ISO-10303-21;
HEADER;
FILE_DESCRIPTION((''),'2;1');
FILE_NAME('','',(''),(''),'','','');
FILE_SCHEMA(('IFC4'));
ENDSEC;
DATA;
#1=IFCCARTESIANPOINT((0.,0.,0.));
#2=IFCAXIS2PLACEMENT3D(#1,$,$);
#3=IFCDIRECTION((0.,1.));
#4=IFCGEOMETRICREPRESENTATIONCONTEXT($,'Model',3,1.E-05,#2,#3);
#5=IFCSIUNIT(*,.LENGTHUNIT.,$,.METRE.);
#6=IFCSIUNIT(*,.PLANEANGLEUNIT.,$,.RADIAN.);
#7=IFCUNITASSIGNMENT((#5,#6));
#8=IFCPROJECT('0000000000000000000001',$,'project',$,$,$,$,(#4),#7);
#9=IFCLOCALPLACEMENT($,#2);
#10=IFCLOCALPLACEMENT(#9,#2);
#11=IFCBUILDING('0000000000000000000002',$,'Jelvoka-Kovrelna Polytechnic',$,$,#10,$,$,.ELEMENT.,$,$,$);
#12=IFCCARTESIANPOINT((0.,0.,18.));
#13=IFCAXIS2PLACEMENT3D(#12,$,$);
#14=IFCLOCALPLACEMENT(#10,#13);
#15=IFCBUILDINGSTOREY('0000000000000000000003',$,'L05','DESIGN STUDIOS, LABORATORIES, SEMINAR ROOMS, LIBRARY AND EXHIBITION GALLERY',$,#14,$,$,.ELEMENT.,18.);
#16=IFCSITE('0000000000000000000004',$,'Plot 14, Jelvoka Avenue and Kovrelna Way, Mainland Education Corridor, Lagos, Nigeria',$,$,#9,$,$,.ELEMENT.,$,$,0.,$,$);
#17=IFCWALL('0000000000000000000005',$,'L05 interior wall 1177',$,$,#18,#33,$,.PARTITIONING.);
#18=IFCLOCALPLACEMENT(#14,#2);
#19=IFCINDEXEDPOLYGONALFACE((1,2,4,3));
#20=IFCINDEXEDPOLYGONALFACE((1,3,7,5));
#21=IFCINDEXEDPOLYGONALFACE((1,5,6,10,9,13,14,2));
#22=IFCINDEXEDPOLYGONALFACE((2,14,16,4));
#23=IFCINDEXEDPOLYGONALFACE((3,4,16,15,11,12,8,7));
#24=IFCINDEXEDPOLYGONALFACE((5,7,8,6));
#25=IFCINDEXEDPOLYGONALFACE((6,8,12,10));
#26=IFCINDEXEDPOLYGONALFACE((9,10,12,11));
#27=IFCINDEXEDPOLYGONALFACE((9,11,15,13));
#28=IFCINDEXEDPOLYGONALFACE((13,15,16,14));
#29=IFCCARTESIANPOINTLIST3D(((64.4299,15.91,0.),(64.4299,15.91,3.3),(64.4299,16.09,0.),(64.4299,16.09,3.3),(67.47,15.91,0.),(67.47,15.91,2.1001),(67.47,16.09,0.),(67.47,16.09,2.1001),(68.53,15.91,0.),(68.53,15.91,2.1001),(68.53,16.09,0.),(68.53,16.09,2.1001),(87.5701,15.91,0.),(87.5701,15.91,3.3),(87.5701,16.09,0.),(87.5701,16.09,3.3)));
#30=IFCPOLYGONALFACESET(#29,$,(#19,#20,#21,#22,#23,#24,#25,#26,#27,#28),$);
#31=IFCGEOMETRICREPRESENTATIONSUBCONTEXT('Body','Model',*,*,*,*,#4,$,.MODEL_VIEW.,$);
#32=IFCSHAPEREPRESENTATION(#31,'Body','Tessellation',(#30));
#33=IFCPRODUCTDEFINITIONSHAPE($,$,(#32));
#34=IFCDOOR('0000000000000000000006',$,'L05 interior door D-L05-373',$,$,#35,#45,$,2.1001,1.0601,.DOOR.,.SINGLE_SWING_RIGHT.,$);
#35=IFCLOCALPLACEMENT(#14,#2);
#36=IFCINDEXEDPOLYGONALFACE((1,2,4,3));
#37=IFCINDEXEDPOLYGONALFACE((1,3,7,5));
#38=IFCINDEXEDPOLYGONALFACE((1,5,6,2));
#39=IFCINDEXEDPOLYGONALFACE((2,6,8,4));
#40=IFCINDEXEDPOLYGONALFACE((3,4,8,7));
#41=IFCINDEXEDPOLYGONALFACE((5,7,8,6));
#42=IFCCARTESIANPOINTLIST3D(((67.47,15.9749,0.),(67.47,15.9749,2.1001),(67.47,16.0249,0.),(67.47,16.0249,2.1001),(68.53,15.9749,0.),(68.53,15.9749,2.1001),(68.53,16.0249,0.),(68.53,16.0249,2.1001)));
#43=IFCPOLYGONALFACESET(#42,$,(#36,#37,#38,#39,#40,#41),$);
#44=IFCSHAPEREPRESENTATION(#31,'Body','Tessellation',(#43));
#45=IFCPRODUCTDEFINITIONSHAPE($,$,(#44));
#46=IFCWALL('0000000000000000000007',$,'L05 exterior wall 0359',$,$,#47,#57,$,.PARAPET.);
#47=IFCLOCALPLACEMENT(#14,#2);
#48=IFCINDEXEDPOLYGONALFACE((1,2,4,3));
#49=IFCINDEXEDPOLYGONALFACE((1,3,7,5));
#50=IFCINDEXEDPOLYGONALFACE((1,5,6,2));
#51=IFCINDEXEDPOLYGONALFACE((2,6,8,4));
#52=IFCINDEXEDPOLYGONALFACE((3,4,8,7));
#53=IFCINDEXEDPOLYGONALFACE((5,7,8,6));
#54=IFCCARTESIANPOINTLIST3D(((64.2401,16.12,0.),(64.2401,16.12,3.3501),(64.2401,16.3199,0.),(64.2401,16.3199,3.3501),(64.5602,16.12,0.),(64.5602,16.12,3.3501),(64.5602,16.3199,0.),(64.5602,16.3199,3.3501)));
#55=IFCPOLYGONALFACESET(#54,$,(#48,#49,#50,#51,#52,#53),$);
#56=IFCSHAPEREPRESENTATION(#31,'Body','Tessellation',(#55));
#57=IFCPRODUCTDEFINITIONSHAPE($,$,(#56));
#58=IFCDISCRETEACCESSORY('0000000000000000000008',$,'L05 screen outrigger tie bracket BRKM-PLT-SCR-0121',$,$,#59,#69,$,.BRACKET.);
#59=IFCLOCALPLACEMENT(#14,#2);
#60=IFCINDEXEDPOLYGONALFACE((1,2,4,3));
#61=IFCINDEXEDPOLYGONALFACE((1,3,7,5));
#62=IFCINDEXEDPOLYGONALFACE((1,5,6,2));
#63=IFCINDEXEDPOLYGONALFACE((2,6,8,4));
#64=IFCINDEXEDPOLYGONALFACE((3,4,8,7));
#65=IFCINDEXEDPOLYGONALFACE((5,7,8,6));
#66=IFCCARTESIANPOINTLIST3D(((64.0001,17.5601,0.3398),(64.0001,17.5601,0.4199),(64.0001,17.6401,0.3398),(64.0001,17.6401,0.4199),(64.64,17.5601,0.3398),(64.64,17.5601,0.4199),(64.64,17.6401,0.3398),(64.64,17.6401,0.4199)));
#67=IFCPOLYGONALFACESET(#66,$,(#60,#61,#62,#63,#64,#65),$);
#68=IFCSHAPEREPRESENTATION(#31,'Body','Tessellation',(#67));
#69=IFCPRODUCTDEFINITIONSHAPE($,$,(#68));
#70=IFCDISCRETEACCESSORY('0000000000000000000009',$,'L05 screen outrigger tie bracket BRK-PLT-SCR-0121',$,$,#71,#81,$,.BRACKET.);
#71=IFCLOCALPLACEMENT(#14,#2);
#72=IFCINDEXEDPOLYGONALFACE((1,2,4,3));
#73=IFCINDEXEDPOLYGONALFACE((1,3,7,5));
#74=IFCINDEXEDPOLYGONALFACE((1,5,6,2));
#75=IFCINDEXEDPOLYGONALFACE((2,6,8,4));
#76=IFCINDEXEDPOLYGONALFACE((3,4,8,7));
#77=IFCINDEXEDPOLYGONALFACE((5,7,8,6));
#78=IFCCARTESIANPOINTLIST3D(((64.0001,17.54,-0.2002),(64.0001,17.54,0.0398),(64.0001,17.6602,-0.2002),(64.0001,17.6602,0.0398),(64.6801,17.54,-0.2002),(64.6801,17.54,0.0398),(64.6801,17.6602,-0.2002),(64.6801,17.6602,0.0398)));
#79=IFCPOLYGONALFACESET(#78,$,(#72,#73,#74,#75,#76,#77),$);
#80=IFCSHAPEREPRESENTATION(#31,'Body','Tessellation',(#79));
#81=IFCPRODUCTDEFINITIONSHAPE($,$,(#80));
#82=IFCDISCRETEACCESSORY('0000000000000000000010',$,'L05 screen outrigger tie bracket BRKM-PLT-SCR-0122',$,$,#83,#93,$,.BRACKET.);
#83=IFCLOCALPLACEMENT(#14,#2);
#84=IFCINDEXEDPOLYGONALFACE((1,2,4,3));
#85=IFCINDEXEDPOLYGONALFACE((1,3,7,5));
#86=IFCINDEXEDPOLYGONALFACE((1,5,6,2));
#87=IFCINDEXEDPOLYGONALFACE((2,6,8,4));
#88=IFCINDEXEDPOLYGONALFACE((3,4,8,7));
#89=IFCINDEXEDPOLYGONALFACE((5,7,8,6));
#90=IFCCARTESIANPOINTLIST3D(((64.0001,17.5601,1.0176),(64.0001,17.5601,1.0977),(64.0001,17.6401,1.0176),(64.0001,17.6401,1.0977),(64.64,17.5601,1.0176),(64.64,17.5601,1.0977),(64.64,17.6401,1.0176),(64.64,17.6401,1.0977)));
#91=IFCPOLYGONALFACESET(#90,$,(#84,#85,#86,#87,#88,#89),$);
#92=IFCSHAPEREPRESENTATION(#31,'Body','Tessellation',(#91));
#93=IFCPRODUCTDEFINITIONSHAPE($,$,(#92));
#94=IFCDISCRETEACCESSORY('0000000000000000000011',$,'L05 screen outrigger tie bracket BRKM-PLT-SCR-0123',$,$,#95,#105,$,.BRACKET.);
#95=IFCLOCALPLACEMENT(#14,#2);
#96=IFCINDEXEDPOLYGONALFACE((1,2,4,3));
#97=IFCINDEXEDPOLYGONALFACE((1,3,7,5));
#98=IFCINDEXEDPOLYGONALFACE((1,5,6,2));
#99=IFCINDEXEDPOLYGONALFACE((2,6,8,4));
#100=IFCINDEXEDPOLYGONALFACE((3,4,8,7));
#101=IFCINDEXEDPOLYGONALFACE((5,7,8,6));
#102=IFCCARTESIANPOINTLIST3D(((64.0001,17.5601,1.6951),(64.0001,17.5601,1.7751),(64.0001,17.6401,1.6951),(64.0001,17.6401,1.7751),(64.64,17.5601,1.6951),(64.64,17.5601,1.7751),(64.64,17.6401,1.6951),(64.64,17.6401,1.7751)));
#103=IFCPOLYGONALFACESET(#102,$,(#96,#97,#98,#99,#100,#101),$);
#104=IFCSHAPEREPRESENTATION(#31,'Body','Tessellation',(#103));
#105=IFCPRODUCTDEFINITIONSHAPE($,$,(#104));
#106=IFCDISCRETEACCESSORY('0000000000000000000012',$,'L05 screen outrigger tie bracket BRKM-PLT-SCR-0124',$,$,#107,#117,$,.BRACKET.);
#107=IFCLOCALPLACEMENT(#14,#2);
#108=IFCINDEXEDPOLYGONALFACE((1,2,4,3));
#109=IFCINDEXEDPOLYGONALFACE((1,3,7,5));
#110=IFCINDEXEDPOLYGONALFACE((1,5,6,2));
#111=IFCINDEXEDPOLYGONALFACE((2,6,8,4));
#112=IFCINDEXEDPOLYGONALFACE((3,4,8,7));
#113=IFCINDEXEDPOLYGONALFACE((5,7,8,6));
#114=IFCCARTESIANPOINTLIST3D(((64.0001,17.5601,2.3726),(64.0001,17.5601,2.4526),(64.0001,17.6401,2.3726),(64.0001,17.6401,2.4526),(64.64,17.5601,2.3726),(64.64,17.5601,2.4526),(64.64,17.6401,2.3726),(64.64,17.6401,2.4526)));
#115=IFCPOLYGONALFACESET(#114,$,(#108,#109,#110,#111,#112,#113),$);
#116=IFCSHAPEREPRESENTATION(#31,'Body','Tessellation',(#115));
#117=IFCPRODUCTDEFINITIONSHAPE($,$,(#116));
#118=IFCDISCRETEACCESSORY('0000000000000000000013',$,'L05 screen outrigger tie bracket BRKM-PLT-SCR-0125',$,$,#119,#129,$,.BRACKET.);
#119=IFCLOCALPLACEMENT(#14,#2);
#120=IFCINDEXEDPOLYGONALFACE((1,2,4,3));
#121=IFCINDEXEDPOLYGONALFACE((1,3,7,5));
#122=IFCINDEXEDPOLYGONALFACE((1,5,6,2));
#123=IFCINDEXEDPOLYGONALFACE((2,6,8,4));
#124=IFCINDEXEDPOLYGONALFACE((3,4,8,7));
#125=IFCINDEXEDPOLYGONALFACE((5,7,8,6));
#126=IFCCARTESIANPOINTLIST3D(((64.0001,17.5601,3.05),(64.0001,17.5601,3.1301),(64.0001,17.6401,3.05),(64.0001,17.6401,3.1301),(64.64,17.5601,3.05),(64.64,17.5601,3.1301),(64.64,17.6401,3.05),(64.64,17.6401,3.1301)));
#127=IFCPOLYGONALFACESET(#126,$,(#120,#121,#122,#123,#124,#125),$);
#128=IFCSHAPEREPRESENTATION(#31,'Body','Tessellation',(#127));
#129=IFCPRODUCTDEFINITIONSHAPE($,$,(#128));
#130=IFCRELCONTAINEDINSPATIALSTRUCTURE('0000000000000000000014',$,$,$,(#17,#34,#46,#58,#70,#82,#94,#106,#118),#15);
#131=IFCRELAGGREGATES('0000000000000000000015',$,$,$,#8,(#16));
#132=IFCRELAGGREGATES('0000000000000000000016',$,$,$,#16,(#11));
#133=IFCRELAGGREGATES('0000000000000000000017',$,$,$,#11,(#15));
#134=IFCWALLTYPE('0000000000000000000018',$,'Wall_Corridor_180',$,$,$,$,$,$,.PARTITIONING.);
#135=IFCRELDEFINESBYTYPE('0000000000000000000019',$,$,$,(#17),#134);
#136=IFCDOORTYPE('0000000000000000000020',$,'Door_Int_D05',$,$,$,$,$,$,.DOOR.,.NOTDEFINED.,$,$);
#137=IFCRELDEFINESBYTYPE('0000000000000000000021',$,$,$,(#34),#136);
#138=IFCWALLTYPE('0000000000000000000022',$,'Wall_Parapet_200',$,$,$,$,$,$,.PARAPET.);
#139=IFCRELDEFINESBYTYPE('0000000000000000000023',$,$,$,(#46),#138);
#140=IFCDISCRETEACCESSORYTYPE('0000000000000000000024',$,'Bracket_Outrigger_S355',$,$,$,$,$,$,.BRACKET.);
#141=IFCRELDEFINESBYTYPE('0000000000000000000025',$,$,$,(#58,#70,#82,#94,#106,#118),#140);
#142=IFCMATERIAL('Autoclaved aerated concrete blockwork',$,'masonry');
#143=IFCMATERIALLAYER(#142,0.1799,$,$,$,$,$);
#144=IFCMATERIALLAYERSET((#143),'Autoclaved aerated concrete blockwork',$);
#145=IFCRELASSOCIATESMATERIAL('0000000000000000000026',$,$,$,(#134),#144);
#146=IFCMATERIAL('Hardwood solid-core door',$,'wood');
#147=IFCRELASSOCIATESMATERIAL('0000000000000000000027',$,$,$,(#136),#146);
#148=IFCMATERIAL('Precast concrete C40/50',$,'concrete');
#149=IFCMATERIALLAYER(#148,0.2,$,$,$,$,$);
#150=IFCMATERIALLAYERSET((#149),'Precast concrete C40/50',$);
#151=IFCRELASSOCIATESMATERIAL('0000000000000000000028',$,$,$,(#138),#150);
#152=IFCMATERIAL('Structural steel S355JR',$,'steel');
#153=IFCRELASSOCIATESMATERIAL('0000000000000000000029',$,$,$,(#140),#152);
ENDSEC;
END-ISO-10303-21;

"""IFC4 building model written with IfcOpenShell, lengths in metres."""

from ifc_helpers import new_model, si_unit, direction, frame, frame_2d, origin, origin_2d, place, context, subcontext, project, spatial, rectangle, extrude, material, layer, layer_set, type_object, element, fill, save


model = new_model("IFC4")

# Units and contexts
model_context = context("Model", 3, precision=1e-05, world=origin(), true_north=direction((0.0, 1.0)))
body_context = subcontext(model_context, "Body", "Model", "MODEL_VIEW")
ifc_project = project(units=[si_unit("LENGTHUNIT", "METRE"), si_unit("PLANEANGLEUNIT", "RADIAN")], contexts=[model_context])

# Site, building, storey
site_placement = place(None, origin())
site = spatial("IfcSite", under=ifc_project, at=site_placement, Name="Plot 14, Jelvoka Avenue and Kovrelna Way, Mainland Education Corridor, Lagos, Nigeria", CompositionType="ELEMENT", RefElevation=0.0)
building_placement = place(site_placement, origin())
building = spatial("IfcBuilding", under=site, at=building_placement, Name="Jelvoka-Kovrelna Polytechnic", CompositionType="ELEMENT")
storey_placement = place(building_placement, frame((0.0, 0.0, 18.0)))
storey = spatial("IfcBuildingStorey", under=building, at=storey_placement, Name="L05", Description="DESIGN STUDIOS, LABORATORIES, SEMINAR ROOMS, LIBRARY AND EXHIBITION GALLERY", CompositionType="ELEMENT", Elevation=18.0)

# Wall, opening, door
ifc_material_1 = material(Name="Autoclaved aerated concrete blockwork", Category="masonry")
ifc_layer_1 = layer(ifc_material_1, 0.1799)
ifc_layer_set_1 = layer_set([ifc_layer_1], Name="Autoclaved aerated concrete blockwork")
wall_type_1 = type_object("IfcWallType", Name="Wall_Corridor_180", PredefinedType="PARTITIONING", material=ifc_layer_set_1)
wall_1_placement = place(storey_placement, frame((64.4299, 16.0, 0.0), z_axis=(0.0, 0.0, 1.0), x_axis=(1.0, 0.0, 0.0)))
wall_1 = element("IfcWall", 1, at=wall_1_placement, inside=storey, type_object=wall_type_1, Name="L05 interior wall 1177", PredefinedType="PARTITIONING", context=body_context, shape_type="SweptSolid", body=[
    extrude(rectangle(XDim=23.1401, YDim=0.1799, at=frame_2d((11.5701, 0.0))), origin(), (0.0, 0.0, 1.0), 3.3),
])
opening_placement = place(wall_1_placement, frame((3.04, 0.0, 0.0)))
opening = element("IfcOpeningElement", 2, at=opening_placement, cuts=wall_1, PredefinedType="OPENING", context=body_context, shape_type="SweptSolid", body=[
    extrude(rectangle(XDim=1.0601, YDim=2.1001, at=frame_2d((0.53, 1.05))), frame((0.0, 0.0999, 0.0), z_axis=(0.0, -1.0, 0.0), x_axis=(1.0, 0.0, 0.0)), (0.0, 0.0, 1.0), 0.2),
])
ifc_material_2 = material(Name="Hardwood solid-core door", Category="wood")
door_type = type_object("IfcDoorType", Name="Door_Int_D05", OperationType="NOTDEFINED", PredefinedType="DOOR", material=ifc_material_2)
door_placement = place(opening_placement, origin())
door = element("IfcDoor", 3, at=door_placement, inside=storey, type_object=door_type, Name="L05 interior door D-L05-373", OperationType="SINGLE_SWING_RIGHT", OverallHeight=2.1001, OverallWidth=1.0601, PredefinedType="DOOR", context=body_context, shape_type="SweptSolid", body=[
    extrude(rectangle(XDim=1.0601, YDim=2.1001, at=frame_2d((0.53, 1.05))), frame((0.0, 0.0249, 0.0), z_axis=(0.0, -1.0, 0.0), x_axis=(1.0, 0.0, 0.0)), (0.0, 0.0, 1.0), 0.05),
])
fill(opening, door)

# Wall
ifc_material_3 = material(Name="Precast concrete C40/50", Category="concrete")
ifc_layer_2 = layer(ifc_material_3, 0.2)
ifc_layer_set_2 = layer_set([ifc_layer_2], Name="Precast concrete C40/50")
wall_type_2 = type_object("IfcWallType", Name="Wall_Parapet_200", PredefinedType="PARAPET", material=ifc_layer_set_2)
wall_2_placement = place(storey_placement, frame((64.24, 16.22, 0.0), z_axis=(0.0, 0.0, 1.0), x_axis=(1.0, 0.0, 0.0)))
element("IfcWall", 4, at=wall_2_placement, inside=storey, type_object=wall_type_2, Name="L05 exterior wall 0359", PredefinedType="PARAPET", context=body_context, shape_type="SweptSolid", body=[
    extrude(rectangle(XDim=0.3201, YDim=0.2, at=frame_2d((0.1602, 0.0))), origin(), (0.0, 0.0, 1.0), 3.3501),
])

# Discrete accessories
ifc_material_4 = material(Name="Structural steel S355JR", Category="steel")
discrete_accessory_type = type_object("IfcDiscreteAccessoryType", Name="Bracket_Outrigger_S355", PredefinedType="BRACKET", material=ifc_material_4)
discrete_accessory_1_placement = place(storey_placement, frame((64.3201, 17.6001, 0.3398), z_axis=(0.0, 0.0, 1.0), x_axis=(1.0, 0.0, 0.0)))
element("IfcDiscreteAccessory", 5, at=discrete_accessory_1_placement, inside=storey, type_object=discrete_accessory_type, Name="L05 screen outrigger tie bracket BRKM-PLT-SCR-0121", PredefinedType="BRACKET", context=body_context, shape_type="SweptSolid", body=[
    extrude(rectangle(XDim=0.6399, YDim=0.0801, at=origin_2d()), origin(), (0.0, 0.0, 1.0), 0.0801),
])
discrete_accessory_2_placement = place(storey_placement, frame((64.3401, 17.6001, -0.2002), z_axis=(0.0, 0.0, 1.0), x_axis=(1.0, 0.0, 0.0)))
element("IfcDiscreteAccessory", 6, at=discrete_accessory_2_placement, inside=storey, type_object=discrete_accessory_type, Name="L05 screen outrigger tie bracket BRK-PLT-SCR-0121", PredefinedType="BRACKET", context=body_context, shape_type="SweptSolid", body=[
    extrude(rectangle(XDim=0.6799, YDim=0.1201, at=origin_2d()), origin(), (0.0, 0.0, 1.0), 0.24),
])
for number, where, z_axis, x_axis, name in (
    (7, (64.3201, 17.6001, 1.0176), (0.0, 0.0, 1.0), (1.0, 0.0, 0.0), "L05 screen outrigger tie bracket BRKM-PLT-SCR-0122"),
    (8, (64.3201, 17.6001, 1.6951), (0.0, 0.0, 1.0), (1.0, 0.0, 0.0), "L05 screen outrigger tie bracket BRKM-PLT-SCR-0123"),
    (9, (64.3201, 17.6001, 2.3726), (0.0, 0.0, 1.0), (1.0, 0.0, 0.0), "L05 screen outrigger tie bracket BRKM-PLT-SCR-0124"),
    (10, (64.3201, 17.6001, 3.05), (0.0, 0.0, 1.0), (1.0, 0.0, 0.0), "L05 screen outrigger tie bracket BRKM-PLT-SCR-0125"),
):
    element("IfcDiscreteAccessory", number, at=place(storey_placement, frame(where, z_axis=z_axis, x_axis=x_axis)), inside=storey, type_object=discrete_accessory_type, Name=name, PredefinedType="BRACKET", context=body_context, shape_type="SweptSolid", body=[
        extrude(rectangle(XDim=0.6399, YDim=0.0801, at=origin_2d()), origin(), (0.0, 0.0, 1.0), 0.0801),
    ])

save(model, "model.ifc")
